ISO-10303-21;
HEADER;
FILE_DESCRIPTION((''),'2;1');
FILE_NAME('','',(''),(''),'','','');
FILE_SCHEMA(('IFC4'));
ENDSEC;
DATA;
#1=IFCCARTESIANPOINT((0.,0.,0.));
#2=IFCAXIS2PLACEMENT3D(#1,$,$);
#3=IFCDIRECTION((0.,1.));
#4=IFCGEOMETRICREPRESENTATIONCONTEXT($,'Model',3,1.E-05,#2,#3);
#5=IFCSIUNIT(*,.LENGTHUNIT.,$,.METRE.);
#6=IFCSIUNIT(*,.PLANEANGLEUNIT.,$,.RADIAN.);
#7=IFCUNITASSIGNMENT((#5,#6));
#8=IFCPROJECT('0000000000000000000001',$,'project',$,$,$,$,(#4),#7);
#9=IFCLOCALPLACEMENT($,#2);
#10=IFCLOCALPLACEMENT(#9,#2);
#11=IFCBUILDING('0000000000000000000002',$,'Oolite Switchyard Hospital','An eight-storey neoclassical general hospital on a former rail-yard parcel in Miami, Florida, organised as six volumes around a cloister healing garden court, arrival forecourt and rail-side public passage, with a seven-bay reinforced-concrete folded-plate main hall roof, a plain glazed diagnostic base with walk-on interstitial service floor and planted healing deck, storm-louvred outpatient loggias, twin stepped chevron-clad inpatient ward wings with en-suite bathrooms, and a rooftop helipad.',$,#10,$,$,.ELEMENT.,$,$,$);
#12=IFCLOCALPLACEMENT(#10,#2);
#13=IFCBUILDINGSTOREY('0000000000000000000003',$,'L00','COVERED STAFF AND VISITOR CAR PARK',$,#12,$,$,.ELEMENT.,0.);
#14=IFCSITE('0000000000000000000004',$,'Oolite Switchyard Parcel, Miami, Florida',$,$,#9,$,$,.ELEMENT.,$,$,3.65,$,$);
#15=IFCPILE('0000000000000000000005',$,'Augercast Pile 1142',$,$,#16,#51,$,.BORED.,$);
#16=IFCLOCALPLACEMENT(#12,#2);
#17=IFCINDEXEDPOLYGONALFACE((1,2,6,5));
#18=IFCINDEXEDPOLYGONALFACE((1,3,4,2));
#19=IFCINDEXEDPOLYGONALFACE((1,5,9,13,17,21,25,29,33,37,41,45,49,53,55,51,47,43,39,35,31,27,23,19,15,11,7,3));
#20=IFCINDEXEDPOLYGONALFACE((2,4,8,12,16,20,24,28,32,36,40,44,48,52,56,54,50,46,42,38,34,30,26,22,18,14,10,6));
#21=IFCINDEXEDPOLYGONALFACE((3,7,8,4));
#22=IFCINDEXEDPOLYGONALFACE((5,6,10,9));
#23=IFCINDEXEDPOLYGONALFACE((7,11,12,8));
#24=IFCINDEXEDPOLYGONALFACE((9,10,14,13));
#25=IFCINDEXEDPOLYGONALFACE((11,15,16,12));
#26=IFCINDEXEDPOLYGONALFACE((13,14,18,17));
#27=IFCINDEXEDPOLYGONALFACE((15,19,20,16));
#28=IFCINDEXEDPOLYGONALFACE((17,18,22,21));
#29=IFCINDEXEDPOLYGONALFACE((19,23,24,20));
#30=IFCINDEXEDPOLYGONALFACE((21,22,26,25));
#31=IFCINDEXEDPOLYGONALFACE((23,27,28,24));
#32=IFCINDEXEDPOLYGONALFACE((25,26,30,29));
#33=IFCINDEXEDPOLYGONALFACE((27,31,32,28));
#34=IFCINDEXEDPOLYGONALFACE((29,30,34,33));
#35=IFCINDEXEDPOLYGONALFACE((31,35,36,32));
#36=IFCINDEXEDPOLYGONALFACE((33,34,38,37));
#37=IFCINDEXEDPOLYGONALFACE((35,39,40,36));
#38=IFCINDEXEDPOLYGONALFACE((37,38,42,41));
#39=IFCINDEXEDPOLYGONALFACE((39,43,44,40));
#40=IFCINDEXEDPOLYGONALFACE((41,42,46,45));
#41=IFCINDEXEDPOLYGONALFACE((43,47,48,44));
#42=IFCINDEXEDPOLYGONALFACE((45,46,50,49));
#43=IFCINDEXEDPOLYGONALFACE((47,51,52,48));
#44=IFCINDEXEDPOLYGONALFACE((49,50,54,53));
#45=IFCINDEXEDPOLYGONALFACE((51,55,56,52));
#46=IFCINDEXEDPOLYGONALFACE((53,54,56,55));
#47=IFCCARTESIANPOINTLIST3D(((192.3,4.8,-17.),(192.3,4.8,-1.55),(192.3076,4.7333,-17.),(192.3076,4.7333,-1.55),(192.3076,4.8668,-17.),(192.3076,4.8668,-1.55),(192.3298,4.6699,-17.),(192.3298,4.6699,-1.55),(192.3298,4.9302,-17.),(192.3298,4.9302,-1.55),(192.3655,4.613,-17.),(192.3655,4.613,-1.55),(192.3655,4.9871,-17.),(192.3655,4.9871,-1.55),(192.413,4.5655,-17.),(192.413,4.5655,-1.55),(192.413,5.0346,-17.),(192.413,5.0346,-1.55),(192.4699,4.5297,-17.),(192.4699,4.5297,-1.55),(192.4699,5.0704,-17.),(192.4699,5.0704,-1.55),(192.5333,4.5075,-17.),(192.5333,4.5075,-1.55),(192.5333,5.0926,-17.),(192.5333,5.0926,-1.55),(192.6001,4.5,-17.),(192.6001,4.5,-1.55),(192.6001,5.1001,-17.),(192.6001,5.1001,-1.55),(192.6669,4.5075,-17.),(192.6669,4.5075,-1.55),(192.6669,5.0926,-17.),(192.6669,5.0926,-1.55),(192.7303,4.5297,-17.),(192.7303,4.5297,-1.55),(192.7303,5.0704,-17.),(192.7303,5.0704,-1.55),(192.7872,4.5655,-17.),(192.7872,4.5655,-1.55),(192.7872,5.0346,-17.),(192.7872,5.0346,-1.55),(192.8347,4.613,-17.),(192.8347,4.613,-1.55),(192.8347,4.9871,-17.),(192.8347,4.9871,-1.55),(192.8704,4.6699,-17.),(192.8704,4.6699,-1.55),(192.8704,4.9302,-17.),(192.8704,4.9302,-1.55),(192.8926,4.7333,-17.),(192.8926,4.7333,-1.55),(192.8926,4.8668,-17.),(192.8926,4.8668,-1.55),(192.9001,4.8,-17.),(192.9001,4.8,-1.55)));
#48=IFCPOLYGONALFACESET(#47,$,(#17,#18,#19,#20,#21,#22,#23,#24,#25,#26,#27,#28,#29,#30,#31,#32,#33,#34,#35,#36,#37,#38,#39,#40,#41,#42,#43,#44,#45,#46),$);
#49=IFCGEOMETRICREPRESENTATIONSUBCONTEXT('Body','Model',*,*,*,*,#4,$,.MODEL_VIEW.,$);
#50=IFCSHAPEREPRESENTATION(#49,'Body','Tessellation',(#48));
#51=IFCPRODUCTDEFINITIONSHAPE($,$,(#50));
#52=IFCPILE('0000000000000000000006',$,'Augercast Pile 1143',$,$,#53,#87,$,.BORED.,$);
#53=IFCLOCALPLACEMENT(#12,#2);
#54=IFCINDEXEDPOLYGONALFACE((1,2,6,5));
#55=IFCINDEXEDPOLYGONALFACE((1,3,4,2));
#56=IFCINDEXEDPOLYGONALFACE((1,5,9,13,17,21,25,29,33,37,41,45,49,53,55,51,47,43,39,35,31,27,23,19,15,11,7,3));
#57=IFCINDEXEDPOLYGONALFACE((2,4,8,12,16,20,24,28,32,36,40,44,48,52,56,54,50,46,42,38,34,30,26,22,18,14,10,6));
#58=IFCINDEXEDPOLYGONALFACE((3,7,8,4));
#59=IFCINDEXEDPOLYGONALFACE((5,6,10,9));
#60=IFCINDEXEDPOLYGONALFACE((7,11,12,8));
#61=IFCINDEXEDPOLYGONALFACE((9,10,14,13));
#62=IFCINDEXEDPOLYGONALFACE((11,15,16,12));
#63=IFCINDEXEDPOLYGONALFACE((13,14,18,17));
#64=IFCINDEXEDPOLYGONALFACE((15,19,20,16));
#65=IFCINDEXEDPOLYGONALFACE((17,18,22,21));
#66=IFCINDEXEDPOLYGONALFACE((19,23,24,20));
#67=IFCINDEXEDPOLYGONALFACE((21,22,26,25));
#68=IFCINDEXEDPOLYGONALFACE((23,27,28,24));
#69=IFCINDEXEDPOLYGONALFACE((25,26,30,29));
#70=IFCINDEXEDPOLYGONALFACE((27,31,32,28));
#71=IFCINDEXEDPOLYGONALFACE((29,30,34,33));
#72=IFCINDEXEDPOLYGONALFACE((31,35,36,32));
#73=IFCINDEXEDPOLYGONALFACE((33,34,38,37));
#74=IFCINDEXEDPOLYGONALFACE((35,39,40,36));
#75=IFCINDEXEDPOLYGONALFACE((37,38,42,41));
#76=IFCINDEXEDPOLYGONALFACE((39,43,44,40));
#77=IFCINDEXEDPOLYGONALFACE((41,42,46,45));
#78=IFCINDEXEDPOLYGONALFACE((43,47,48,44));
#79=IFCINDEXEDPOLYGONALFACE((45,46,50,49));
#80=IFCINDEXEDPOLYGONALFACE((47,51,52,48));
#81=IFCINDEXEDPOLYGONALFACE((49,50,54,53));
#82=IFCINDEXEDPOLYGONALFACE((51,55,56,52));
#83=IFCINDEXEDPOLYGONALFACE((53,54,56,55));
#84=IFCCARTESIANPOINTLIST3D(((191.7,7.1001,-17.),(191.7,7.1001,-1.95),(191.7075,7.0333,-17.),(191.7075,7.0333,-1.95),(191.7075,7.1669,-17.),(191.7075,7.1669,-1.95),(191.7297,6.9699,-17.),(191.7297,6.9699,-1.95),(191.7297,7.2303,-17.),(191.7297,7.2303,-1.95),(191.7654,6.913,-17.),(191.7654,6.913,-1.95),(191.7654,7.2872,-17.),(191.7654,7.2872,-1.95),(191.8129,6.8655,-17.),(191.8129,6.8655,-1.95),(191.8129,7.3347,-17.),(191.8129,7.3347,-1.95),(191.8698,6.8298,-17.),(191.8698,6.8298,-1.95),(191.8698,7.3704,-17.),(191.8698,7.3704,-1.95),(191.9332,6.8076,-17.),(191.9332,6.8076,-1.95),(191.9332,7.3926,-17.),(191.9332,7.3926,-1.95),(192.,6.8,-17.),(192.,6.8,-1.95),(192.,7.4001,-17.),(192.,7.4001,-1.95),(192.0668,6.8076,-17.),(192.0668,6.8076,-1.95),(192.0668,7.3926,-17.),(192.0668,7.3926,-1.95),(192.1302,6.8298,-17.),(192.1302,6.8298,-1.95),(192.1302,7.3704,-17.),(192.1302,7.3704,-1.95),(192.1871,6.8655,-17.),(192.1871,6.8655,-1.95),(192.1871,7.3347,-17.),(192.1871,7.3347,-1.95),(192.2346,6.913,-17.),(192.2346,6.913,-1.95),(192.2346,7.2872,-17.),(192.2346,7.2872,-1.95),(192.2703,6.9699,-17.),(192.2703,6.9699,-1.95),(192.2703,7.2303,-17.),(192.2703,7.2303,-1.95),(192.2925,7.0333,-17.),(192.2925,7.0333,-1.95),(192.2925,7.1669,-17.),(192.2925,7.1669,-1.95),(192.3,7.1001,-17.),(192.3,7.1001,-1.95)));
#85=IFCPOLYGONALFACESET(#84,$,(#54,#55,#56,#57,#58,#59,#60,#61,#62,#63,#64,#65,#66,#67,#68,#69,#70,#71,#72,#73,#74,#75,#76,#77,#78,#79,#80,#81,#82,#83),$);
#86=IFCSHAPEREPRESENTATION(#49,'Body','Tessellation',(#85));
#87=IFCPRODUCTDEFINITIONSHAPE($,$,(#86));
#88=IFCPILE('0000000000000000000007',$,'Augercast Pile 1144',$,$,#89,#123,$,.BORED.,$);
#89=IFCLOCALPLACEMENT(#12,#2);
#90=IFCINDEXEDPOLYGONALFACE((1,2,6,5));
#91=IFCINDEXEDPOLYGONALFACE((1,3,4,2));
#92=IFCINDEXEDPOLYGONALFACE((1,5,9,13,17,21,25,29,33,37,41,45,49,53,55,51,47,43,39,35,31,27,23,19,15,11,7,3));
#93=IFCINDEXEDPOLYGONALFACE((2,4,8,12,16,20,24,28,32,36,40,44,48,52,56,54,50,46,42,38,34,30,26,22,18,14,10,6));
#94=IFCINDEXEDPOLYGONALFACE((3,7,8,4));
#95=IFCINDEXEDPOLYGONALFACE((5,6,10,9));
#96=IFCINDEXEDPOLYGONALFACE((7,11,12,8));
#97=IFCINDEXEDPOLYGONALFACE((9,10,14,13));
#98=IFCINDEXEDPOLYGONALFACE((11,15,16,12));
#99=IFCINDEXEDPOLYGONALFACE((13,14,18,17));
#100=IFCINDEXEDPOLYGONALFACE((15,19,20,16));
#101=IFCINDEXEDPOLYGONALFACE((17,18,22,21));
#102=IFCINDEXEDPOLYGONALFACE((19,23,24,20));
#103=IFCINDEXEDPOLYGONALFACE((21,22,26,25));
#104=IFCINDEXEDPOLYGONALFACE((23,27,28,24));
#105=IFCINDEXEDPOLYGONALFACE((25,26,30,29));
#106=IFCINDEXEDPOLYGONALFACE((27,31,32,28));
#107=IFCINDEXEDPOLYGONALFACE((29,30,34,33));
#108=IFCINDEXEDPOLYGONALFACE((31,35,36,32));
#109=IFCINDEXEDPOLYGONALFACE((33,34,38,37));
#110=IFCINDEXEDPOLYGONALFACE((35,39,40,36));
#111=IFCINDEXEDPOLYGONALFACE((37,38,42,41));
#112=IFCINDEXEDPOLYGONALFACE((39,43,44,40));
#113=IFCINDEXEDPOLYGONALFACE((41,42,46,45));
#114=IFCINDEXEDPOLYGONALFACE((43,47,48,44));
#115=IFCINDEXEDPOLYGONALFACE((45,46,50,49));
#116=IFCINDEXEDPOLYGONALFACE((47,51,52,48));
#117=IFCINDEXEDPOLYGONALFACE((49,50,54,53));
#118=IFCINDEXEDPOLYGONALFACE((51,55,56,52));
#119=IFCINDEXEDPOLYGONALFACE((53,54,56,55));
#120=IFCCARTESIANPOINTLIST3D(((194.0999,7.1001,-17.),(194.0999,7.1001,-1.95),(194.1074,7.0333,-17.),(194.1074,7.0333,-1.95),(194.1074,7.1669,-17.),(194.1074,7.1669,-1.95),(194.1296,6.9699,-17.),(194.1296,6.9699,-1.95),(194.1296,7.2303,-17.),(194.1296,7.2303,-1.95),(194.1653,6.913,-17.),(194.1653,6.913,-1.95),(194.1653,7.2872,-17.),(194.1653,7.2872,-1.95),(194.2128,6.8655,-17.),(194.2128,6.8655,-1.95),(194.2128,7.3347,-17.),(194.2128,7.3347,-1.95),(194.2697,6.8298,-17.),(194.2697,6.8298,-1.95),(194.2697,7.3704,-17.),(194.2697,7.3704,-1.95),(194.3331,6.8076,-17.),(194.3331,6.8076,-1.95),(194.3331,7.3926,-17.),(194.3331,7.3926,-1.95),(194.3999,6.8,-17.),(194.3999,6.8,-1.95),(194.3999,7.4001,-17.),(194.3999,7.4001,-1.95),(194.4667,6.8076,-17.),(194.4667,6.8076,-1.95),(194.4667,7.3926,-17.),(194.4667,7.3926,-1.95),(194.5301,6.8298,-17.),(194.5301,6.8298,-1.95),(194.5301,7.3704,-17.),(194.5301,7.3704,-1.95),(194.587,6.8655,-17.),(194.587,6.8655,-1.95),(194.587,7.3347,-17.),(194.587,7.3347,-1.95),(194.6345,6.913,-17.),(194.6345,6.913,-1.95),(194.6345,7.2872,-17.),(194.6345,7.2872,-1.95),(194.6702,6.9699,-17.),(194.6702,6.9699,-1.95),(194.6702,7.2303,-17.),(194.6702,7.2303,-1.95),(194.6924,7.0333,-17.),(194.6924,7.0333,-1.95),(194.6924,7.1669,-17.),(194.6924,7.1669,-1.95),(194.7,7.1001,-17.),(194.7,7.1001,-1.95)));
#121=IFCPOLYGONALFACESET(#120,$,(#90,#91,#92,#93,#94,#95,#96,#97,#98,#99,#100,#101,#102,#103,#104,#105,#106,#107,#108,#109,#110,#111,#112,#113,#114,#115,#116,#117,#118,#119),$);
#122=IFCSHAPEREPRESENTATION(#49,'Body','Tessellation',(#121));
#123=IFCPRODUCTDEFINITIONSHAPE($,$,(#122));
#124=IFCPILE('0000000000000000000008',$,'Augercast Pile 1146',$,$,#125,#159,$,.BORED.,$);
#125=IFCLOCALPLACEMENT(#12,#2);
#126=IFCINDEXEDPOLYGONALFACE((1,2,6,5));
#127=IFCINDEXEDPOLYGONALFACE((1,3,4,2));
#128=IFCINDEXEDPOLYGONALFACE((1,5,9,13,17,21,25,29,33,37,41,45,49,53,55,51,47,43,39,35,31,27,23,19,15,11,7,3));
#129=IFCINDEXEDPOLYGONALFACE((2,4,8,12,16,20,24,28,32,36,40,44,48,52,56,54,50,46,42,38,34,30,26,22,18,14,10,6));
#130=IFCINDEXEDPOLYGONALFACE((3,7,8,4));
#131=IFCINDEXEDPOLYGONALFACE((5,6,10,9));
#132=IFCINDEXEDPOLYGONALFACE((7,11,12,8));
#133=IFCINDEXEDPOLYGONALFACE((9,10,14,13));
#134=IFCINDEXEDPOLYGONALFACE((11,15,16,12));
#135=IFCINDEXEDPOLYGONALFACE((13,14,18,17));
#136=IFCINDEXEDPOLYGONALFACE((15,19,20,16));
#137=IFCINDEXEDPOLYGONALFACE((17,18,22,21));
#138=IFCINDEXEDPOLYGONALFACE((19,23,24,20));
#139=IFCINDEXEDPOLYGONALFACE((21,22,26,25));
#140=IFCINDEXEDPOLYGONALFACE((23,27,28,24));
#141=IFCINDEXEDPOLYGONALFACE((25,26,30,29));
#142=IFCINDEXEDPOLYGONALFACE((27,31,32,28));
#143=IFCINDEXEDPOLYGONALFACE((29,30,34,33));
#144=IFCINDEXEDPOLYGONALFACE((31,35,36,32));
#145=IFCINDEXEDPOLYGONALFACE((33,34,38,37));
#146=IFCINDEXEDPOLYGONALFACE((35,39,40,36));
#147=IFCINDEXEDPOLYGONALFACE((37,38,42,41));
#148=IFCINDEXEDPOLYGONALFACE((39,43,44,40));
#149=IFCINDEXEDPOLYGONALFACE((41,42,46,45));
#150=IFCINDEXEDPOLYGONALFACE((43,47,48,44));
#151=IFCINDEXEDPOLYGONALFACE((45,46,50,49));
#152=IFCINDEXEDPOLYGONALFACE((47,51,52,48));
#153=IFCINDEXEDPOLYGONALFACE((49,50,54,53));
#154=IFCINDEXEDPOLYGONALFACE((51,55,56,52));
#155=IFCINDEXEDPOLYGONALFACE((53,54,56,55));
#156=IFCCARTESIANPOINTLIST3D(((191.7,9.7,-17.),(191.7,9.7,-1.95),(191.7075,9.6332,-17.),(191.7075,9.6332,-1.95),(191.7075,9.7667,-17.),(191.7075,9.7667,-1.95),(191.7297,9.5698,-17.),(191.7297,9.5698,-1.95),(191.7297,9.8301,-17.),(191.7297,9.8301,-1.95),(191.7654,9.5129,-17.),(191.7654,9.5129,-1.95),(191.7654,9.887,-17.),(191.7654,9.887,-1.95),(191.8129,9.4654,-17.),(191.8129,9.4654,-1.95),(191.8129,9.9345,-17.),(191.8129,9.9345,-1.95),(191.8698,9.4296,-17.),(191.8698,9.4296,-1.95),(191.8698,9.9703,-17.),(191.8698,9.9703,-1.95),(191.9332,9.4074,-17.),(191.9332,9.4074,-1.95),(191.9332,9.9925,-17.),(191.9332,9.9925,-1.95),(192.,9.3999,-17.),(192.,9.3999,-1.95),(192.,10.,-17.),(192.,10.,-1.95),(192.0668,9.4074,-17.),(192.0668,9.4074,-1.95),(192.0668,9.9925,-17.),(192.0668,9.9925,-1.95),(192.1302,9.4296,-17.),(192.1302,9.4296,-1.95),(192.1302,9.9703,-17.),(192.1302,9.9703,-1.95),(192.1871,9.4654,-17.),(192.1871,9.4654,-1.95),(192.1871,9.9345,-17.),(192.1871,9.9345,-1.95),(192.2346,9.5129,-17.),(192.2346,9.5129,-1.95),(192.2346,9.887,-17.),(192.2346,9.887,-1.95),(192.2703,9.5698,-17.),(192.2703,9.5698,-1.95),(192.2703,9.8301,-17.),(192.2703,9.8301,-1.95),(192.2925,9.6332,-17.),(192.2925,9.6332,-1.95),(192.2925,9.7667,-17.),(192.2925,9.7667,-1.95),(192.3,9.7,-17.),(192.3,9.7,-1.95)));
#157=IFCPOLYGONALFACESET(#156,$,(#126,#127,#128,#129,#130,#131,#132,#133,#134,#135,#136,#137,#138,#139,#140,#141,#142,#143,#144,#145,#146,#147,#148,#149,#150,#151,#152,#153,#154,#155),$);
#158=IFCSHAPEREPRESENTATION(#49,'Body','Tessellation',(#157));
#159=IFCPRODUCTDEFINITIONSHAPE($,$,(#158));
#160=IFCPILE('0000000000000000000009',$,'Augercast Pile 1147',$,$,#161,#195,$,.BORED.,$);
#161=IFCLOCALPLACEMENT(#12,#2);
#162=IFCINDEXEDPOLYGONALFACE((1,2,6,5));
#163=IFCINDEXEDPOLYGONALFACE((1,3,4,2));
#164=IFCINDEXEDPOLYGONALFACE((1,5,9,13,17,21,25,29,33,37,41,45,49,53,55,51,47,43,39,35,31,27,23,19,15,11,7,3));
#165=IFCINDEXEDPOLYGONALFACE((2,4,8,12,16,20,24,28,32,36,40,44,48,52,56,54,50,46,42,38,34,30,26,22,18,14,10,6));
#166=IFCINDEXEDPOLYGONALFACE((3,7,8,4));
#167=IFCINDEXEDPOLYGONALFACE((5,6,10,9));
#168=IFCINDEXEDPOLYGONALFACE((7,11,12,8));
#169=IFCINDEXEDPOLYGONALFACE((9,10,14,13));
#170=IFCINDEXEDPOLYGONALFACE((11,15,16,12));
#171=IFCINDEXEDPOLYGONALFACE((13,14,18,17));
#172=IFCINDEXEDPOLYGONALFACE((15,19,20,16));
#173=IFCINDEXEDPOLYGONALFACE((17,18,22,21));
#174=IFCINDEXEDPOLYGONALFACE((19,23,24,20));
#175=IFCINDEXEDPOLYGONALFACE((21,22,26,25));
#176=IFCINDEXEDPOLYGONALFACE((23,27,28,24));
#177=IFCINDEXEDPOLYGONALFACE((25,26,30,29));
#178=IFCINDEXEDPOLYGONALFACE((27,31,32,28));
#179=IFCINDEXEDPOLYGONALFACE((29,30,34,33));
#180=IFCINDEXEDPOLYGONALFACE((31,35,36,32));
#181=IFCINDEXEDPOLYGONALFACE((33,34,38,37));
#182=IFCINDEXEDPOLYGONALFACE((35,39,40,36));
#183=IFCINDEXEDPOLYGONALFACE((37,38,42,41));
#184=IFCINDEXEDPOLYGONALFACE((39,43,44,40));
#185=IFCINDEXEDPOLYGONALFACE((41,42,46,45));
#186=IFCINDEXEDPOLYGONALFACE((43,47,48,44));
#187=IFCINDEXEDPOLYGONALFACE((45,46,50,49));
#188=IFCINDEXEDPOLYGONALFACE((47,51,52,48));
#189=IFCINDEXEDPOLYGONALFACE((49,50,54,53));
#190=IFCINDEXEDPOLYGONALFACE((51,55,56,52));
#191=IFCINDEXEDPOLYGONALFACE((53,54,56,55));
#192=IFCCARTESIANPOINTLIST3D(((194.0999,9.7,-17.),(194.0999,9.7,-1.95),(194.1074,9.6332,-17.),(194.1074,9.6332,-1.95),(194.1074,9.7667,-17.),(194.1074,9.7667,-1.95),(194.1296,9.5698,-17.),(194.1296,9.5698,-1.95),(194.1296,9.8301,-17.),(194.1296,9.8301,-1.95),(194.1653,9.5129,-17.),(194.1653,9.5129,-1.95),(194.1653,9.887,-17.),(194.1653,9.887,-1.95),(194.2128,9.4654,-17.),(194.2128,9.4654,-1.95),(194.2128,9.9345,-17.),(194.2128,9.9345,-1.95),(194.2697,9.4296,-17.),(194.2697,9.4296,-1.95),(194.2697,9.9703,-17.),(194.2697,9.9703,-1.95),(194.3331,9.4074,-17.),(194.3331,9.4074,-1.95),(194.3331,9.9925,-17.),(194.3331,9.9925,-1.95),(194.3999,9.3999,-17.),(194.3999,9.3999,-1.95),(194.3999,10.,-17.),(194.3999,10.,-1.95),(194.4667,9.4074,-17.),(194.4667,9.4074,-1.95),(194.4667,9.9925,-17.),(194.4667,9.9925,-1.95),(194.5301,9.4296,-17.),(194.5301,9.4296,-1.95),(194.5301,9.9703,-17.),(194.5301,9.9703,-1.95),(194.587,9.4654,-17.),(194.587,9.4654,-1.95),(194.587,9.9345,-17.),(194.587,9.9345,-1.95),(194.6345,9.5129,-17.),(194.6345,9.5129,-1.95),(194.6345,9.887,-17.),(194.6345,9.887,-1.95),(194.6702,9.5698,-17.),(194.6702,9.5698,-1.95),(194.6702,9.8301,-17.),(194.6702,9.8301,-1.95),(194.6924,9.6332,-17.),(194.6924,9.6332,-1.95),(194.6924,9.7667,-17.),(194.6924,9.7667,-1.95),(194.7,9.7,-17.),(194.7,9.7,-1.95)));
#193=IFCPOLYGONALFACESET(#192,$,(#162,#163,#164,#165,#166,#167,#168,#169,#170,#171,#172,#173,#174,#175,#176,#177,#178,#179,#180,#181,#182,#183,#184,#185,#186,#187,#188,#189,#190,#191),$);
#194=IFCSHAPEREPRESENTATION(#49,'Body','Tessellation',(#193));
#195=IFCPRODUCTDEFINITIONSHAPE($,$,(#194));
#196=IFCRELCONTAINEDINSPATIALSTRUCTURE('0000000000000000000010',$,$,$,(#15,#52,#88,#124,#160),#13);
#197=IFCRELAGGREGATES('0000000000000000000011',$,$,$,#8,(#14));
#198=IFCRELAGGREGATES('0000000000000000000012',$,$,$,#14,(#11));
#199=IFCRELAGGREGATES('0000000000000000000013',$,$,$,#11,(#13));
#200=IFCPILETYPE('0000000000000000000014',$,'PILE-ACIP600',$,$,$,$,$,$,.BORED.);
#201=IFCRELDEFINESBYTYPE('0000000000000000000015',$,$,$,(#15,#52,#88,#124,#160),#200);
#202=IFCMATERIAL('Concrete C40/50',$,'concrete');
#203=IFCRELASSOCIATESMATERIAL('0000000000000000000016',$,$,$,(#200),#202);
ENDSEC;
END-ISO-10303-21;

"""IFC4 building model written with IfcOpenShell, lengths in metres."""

from ifc_helpers import new_model, si_unit, direction, frame, origin, origin_2d, place, context, subcontext, project, spatial, circle, extrude, material, material_profile, profile_set, type_object, element, save


model = new_model("IFC4")

# Units and contexts
model_context = context("Model", 3, precision=1e-05, world=origin(), true_north=direction((0.0, 1.0)))
body_context = subcontext(model_context, "Body", "Model", "MODEL_VIEW")
ifc_project = project(units=[si_unit("LENGTHUNIT", "METRE"), si_unit("PLANEANGLEUNIT", "RADIAN")], contexts=[model_context])

# Site, building, storey
site_placement = place(None, origin())
site = spatial("IfcSite", under=ifc_project, at=site_placement, Name="Oolite Switchyard Parcel, Miami, Florida", CompositionType="ELEMENT", RefElevation=3.65)
building_placement = place(site_placement, origin())
building = spatial("IfcBuilding", under=site, at=building_placement, Name="Oolite Switchyard Hospital", Description="An eight-storey neoclassical general hospital on a former rail-yard parcel in Miami, Florida, organised as six volumes around a cloister healing garden court, arrival forecourt and rail-side public passage, with a seven-bay reinforced-concrete folded-plate main hall roof, a plain glazed diagnostic base with walk-on interstitial service floor and planted healing deck, storm-louvred outpatient loggias, twin stepped chevron-clad inpatient ward wings with en-suite bathrooms, and a rooftop helipad.", CompositionType="ELEMENT")
storey_placement = place(building_placement, origin())
storey = spatial("IfcBuildingStorey", under=building, at=storey_placement, Name="L00", Description="COVERED STAFF AND VISITOR CAR PARK", CompositionType="ELEMENT", Elevation=0.0)

# Shared definitions
ifc_material_1 = material(Name="Concrete C40/50", Category="concrete")

# Piles
ifc_material_profile_1 = material_profile(ifc_material_1, circle(Radius=0.3, at=origin_2d()), Name="PILE600")
ifc_profile_set_1 = profile_set([ifc_material_profile_1], Name="Concrete C40/50")
pile_type = type_object("IfcPileType", Name="PILE-ACIP600", PredefinedType="BORED", material=ifc_profile_set_1)
for number, where, z_axis, x_axis, name in (
    (1, (192.6001, 4.8, -1.55), (0.0, 0.0, -1.0), (1.0, 0.0, 0.0), "Augercast Pile 1142"),
):
    element("IfcPile", number, at=place(storey_placement, frame(where, z_axis=z_axis, x_axis=x_axis)), inside=storey, type_object=pile_type, Name=name, PredefinedType="BORED", context=body_context, shape_type="SweptSolid", body=[
        extrude(circle(Radius=0.3, at=origin_2d()), origin(), (0.0, 0.0, 1.0), 15.45),
    ])
for number, where, z_axis, x_axis, name in (
    (2, (192.0, 7.1001, -1.95), (0.0, 0.0, -1.0), (1.0, 0.0, 0.0), "Augercast Pile 1143"),
    (3, (194.3999, 7.1001, -1.95), (0.0, 0.0, -1.0), (1.0, 0.0, 0.0), "Augercast Pile 1144"),
    (4, (192.0, 9.7, -1.95), (0.0, 0.0, -1.0), (1.0, 0.0, 0.0), "Augercast Pile 1146"),
    (5, (194.3999, 9.7, -1.95), (0.0, 0.0, -1.0), (1.0, 0.0, 0.0), "Augercast Pile 1147"),
):
    element("IfcPile", number, at=place(storey_placement, frame(where, z_axis=z_axis, x_axis=x_axis)), inside=storey, type_object=pile_type, Name=name, PredefinedType="BORED", context=body_context, shape_type="SweptSolid", body=[
        extrude(circle(Radius=0.3, at=origin_2d()), origin(), (0.0, 0.0, 1.0), 15.05),
    ])

save(model, "model.ifc")
